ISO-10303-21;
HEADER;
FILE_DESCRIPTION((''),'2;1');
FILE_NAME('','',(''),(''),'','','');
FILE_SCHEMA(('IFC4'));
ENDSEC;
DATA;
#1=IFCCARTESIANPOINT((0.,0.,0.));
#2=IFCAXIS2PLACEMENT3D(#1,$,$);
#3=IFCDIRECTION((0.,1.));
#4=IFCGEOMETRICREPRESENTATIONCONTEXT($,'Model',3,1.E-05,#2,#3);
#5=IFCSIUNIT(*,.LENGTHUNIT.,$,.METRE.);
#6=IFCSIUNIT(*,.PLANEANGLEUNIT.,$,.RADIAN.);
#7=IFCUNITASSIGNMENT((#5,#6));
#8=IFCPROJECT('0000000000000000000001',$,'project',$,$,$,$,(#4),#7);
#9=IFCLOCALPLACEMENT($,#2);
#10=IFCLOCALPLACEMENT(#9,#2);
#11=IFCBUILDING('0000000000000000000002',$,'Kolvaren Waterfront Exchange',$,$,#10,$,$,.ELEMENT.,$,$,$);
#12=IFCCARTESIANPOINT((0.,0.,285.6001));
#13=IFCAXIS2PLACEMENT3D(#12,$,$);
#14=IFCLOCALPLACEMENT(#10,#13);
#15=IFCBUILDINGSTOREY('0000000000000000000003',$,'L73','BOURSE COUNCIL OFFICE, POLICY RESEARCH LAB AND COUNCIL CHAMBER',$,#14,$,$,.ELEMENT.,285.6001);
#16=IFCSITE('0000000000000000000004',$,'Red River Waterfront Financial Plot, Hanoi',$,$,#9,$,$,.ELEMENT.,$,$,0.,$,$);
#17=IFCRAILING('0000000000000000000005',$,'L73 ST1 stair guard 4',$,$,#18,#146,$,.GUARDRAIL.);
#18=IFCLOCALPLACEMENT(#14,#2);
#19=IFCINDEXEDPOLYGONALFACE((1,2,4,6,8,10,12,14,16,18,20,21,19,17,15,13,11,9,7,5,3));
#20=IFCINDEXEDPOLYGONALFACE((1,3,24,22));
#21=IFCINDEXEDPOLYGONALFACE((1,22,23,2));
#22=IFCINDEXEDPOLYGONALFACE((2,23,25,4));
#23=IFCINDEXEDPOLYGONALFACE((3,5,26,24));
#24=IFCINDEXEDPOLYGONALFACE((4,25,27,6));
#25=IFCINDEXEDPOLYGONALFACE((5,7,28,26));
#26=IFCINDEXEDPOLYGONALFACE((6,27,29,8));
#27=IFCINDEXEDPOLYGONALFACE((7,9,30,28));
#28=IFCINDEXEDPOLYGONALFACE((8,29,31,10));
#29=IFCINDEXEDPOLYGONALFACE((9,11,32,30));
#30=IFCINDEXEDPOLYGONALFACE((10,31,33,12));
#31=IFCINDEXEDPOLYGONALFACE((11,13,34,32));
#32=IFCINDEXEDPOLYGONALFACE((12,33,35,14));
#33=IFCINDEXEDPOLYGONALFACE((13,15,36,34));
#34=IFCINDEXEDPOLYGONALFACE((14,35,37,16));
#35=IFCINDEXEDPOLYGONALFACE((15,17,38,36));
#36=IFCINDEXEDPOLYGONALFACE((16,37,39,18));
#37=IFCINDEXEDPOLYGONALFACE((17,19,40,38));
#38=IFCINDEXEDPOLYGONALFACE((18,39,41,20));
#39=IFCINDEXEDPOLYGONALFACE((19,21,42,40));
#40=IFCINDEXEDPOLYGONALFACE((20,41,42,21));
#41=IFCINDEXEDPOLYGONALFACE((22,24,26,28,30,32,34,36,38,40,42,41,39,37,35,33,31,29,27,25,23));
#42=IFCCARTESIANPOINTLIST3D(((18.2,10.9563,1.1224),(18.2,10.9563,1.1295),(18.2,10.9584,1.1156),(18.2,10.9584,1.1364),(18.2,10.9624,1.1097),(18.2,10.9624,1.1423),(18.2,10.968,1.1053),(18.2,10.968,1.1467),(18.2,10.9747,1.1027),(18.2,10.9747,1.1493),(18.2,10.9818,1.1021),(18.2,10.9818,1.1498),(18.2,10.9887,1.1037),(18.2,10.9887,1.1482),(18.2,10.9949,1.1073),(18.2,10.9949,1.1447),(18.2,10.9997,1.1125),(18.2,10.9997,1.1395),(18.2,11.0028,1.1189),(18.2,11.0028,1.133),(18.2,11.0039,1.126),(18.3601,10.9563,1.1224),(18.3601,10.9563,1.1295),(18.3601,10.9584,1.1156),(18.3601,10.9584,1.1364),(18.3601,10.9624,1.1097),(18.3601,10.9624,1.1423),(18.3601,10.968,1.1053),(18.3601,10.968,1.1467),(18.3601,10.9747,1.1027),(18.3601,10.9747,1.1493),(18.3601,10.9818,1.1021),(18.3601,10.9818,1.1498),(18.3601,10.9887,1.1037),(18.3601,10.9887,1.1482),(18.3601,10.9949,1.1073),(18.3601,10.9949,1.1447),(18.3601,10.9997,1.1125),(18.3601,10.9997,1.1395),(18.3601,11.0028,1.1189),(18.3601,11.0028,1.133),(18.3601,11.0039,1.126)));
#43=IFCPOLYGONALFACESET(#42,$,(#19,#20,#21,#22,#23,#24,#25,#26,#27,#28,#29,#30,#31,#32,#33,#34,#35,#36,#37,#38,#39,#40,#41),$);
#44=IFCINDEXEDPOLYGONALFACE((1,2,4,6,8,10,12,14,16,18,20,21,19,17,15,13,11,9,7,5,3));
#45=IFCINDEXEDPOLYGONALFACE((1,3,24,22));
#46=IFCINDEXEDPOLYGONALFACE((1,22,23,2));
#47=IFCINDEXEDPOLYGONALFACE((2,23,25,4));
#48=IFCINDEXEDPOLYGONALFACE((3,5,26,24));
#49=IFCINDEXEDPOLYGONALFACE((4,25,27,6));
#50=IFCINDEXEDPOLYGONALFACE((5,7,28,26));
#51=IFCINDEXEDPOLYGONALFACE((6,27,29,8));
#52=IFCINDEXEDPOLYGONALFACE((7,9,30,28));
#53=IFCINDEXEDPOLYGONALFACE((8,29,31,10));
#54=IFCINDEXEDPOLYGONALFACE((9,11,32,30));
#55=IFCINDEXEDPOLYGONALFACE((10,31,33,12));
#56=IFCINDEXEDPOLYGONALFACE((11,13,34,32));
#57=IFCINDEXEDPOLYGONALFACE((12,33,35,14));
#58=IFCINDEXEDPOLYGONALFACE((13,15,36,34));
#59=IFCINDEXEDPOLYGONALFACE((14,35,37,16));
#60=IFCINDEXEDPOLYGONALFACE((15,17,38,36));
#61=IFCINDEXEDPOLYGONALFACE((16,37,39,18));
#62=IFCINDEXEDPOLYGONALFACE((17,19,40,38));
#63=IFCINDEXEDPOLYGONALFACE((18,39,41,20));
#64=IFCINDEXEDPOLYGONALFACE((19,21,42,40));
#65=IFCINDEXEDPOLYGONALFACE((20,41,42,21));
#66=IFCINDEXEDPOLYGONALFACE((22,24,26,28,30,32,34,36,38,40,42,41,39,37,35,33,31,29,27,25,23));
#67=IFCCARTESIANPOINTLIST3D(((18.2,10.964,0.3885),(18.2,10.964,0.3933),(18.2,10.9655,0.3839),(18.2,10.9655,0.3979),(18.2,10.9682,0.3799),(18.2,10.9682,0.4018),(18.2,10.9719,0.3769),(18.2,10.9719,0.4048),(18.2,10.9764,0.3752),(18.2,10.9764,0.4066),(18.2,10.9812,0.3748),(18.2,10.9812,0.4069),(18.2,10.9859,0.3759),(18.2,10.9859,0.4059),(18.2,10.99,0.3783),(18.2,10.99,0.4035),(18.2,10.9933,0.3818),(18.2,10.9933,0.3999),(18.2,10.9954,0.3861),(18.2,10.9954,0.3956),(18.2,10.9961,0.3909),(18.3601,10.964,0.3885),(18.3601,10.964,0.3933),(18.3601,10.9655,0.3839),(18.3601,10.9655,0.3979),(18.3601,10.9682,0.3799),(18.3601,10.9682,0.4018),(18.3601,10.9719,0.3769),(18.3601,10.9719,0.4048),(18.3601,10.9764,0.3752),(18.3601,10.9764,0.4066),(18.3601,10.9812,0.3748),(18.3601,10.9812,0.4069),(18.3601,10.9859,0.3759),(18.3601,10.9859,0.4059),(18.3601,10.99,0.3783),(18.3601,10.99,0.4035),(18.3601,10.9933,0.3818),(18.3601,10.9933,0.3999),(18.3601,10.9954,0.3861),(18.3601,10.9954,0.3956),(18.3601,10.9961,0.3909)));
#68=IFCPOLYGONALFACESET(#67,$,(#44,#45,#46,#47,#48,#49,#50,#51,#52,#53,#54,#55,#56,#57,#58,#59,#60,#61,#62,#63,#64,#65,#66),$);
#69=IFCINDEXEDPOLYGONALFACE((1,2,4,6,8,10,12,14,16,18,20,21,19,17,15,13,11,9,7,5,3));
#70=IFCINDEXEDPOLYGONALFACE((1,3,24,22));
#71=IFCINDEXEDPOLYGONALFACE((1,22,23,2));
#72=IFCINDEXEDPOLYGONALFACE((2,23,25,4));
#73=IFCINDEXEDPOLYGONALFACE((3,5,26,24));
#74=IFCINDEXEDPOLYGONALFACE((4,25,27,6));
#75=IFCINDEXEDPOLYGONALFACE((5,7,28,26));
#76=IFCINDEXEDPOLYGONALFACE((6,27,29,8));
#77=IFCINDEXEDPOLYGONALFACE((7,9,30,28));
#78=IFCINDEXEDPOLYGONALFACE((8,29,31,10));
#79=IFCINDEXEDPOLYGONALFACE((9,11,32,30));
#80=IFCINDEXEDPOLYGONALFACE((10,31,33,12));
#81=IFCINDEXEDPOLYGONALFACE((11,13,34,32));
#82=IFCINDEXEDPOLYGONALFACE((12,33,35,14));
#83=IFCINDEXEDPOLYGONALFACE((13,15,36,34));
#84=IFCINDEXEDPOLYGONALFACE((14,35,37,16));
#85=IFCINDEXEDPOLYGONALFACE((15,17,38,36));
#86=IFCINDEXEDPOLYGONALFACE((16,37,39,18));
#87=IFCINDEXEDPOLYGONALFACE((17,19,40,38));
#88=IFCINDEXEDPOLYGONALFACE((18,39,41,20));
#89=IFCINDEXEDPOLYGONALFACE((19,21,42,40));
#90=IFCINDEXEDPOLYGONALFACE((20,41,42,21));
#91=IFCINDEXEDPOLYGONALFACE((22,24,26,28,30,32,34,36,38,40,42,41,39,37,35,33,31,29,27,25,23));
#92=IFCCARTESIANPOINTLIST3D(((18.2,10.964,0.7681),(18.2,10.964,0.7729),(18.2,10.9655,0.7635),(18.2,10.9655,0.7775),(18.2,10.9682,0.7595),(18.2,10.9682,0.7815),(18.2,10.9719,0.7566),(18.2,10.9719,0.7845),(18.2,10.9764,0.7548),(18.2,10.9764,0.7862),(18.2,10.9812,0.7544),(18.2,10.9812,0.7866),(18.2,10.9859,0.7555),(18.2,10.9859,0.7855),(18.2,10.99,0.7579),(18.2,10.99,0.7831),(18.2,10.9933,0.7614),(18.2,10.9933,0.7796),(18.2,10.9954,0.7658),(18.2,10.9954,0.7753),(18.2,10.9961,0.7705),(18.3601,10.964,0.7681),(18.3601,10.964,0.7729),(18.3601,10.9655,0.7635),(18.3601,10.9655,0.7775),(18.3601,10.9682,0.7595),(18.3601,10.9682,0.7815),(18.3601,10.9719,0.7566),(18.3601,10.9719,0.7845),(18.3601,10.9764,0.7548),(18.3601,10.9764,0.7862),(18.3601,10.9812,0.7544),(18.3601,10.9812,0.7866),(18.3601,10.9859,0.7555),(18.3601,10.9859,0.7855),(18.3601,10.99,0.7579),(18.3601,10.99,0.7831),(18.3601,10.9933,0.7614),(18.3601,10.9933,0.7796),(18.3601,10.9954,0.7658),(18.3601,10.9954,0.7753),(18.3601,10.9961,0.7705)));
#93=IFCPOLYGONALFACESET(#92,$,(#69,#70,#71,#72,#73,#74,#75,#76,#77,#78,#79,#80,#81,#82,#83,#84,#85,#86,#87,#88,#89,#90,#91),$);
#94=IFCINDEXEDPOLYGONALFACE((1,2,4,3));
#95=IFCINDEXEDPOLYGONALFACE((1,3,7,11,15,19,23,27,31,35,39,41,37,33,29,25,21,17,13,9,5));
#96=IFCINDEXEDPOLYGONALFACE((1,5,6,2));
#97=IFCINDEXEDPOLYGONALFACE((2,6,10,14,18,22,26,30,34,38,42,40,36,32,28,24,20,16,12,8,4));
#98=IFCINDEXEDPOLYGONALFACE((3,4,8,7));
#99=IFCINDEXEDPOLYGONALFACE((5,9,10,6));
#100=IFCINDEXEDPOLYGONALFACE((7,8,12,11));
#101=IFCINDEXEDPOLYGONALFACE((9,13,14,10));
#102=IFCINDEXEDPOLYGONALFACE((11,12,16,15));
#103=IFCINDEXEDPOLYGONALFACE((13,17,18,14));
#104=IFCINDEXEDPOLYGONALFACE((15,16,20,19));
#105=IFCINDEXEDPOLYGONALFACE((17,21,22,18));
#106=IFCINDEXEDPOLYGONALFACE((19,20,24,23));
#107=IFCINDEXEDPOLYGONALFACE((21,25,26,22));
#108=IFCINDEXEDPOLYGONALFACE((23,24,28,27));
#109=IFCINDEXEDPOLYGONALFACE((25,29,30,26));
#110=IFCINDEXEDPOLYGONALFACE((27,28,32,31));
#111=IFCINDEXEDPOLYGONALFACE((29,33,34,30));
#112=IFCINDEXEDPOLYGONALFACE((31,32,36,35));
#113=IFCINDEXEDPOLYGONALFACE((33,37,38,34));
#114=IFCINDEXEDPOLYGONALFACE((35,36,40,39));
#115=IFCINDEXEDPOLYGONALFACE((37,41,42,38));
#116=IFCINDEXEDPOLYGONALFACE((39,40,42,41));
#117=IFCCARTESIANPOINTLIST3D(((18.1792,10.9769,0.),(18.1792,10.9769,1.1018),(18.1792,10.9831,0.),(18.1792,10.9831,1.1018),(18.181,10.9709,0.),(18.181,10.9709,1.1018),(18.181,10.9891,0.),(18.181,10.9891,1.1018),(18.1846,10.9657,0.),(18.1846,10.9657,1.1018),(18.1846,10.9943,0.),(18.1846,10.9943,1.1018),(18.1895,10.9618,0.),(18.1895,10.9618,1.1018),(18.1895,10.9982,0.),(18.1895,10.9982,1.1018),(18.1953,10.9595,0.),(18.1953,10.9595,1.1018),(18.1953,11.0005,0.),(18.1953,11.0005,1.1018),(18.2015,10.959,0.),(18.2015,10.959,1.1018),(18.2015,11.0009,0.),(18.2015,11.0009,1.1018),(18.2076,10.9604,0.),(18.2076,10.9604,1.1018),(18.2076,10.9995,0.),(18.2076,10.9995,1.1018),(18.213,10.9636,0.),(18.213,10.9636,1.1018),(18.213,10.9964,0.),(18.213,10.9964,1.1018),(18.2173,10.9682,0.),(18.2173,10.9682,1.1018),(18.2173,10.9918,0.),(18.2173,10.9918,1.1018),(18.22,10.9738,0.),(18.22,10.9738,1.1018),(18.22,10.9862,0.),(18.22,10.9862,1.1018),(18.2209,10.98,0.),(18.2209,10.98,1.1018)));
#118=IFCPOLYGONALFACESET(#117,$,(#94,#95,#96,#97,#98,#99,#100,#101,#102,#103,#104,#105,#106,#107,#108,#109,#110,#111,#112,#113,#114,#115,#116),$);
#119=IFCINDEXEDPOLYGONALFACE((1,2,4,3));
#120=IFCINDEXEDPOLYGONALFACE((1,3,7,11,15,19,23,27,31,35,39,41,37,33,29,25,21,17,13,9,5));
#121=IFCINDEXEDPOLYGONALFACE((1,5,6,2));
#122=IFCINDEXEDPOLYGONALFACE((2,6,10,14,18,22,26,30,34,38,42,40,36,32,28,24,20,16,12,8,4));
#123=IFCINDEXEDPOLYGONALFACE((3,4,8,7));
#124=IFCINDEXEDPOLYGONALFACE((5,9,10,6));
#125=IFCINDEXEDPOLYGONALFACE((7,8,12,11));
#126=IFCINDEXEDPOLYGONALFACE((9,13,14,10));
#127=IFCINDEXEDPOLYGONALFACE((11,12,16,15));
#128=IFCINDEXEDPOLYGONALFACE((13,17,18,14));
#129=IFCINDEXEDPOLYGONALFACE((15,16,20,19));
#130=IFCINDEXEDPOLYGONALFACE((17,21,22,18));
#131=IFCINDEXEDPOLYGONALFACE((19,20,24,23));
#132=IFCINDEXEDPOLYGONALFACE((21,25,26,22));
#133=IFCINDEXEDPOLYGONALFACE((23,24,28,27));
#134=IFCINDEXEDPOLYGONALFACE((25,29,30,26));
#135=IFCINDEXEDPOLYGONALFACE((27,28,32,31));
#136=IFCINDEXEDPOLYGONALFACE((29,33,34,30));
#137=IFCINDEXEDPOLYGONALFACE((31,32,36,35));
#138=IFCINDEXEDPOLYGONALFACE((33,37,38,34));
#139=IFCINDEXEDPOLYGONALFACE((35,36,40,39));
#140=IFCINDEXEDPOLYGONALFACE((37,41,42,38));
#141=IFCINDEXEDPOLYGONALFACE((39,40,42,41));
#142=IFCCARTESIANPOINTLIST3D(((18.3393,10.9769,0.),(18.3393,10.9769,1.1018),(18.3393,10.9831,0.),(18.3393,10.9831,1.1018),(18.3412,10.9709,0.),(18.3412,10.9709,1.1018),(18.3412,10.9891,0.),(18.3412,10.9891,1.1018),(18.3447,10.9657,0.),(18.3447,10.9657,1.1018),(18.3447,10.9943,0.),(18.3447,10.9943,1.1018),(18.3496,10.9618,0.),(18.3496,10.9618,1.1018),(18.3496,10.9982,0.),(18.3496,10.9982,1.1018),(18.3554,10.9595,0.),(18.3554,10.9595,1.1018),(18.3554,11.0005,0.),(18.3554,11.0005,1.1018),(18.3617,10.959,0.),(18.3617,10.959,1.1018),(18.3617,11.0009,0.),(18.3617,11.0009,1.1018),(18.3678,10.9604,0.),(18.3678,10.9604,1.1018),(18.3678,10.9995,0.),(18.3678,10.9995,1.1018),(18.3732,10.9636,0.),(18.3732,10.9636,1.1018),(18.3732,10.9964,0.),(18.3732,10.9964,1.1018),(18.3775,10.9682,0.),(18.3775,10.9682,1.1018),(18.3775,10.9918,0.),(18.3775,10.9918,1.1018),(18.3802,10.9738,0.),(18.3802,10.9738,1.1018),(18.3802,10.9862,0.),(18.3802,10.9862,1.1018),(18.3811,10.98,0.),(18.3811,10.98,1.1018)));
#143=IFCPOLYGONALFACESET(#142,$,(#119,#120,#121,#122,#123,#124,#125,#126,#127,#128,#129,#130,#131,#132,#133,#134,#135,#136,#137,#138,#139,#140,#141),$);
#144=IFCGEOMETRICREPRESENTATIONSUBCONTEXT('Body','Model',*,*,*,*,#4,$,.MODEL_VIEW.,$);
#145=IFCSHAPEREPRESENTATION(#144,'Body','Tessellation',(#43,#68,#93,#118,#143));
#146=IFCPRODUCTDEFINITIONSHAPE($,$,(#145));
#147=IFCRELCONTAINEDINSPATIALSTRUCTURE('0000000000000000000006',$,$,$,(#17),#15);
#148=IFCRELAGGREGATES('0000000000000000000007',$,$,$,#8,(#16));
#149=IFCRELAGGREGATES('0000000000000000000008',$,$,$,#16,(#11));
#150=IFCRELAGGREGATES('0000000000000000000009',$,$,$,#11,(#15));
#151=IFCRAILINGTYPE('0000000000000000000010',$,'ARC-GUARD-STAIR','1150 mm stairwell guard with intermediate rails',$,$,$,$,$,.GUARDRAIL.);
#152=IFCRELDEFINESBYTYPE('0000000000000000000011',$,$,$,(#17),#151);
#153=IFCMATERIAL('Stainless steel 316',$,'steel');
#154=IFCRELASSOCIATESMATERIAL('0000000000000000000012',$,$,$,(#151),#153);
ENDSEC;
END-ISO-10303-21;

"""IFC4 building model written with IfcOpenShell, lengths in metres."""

from ifc_helpers import new_model, si_unit, direction, frame, origin, origin_2d, place, context, subcontext, project, spatial, circle, extrude, material, type_object, element, save


model = new_model("IFC4")

# Units and contexts
model_context = context("Model", 3, precision=1e-05, world=origin(), true_north=direction((0.0, 1.0)))
body_context = subcontext(model_context, "Body", "Model", "MODEL_VIEW")
ifc_project = project(units=[si_unit("LENGTHUNIT", "METRE"), si_unit("PLANEANGLEUNIT", "RADIAN")], contexts=[model_context])

# Site, building, storey
site_placement = place(None, origin())
site = spatial("IfcSite", under=ifc_project, at=site_placement, Name="Red River Waterfront Financial Plot, Hanoi", CompositionType="ELEMENT", RefElevation=0.0)
building_placement = place(site_placement, origin())
building = spatial("IfcBuilding", under=site, at=building_placement, Name="Kolvaren Waterfront Exchange", CompositionType="ELEMENT")
storey_placement = place(building_placement, frame((0.0, 0.0, 285.6001)))
storey = spatial("IfcBuildingStorey", under=building, at=storey_placement, Name="L73", Description="BOURSE COUNCIL OFFICE, POLICY RESEARCH LAB AND COUNCIL CHAMBER", CompositionType="ELEMENT", Elevation=285.6001)

# Railing
ifc_material_1 = material(Name="Stainless steel 316", Category="steel")
railing_type_1 = type_object("IfcRailingType", Name="ARC-GUARD-STAIR", Description="1150 mm stairwell guard with intermediate rails", PredefinedType="GUARDRAIL", material=ifc_material_1)
railing_1_placement = place(storey_placement, frame((18.2, 10.98, 0.0)))
element("IfcRailing", 1, at=railing_1_placement, inside=storey, type_object=railing_type_1, Name="L73 ST1 stair guard 4", PredefinedType="GUARDRAIL", context=body_context, shape_type="SweptSolid", body=[
    extrude(circle(Radius=0.0239, at=origin_2d()), frame((0.0, 0.0, 1.126), z_axis=(1.0, 0.0, 0.0), x_axis=(0.0, 1.0, 0.0)), (0.0, 0.0, 1.0), 0.1602),
    extrude(circle(Radius=0.0161, at=origin_2d()), frame((0.0, 0.0, 0.3909), z_axis=(1.0, 0.0, 0.0), x_axis=(0.0, 1.0, 0.0)), (0.0, 0.0, 1.0), 0.1602),
    extrude(circle(Radius=0.0161, at=origin_2d()), frame((0.0, 0.0, 0.7705), z_axis=(1.0, 0.0, 0.0), x_axis=(0.0, 1.0, 0.0)), (0.0, 0.0, 1.0), 0.1602),
    extrude(circle(Radius=0.021, at=origin_2d()), origin(), (0.0, 0.0, 1.0), 1.1018),
    extrude(circle(Radius=0.021, at=origin_2d()), frame((0.1602, 0.0, 0.0)), (0.0, 0.0, 1.0), 1.1018),
])

save(model, "model.ifc")
